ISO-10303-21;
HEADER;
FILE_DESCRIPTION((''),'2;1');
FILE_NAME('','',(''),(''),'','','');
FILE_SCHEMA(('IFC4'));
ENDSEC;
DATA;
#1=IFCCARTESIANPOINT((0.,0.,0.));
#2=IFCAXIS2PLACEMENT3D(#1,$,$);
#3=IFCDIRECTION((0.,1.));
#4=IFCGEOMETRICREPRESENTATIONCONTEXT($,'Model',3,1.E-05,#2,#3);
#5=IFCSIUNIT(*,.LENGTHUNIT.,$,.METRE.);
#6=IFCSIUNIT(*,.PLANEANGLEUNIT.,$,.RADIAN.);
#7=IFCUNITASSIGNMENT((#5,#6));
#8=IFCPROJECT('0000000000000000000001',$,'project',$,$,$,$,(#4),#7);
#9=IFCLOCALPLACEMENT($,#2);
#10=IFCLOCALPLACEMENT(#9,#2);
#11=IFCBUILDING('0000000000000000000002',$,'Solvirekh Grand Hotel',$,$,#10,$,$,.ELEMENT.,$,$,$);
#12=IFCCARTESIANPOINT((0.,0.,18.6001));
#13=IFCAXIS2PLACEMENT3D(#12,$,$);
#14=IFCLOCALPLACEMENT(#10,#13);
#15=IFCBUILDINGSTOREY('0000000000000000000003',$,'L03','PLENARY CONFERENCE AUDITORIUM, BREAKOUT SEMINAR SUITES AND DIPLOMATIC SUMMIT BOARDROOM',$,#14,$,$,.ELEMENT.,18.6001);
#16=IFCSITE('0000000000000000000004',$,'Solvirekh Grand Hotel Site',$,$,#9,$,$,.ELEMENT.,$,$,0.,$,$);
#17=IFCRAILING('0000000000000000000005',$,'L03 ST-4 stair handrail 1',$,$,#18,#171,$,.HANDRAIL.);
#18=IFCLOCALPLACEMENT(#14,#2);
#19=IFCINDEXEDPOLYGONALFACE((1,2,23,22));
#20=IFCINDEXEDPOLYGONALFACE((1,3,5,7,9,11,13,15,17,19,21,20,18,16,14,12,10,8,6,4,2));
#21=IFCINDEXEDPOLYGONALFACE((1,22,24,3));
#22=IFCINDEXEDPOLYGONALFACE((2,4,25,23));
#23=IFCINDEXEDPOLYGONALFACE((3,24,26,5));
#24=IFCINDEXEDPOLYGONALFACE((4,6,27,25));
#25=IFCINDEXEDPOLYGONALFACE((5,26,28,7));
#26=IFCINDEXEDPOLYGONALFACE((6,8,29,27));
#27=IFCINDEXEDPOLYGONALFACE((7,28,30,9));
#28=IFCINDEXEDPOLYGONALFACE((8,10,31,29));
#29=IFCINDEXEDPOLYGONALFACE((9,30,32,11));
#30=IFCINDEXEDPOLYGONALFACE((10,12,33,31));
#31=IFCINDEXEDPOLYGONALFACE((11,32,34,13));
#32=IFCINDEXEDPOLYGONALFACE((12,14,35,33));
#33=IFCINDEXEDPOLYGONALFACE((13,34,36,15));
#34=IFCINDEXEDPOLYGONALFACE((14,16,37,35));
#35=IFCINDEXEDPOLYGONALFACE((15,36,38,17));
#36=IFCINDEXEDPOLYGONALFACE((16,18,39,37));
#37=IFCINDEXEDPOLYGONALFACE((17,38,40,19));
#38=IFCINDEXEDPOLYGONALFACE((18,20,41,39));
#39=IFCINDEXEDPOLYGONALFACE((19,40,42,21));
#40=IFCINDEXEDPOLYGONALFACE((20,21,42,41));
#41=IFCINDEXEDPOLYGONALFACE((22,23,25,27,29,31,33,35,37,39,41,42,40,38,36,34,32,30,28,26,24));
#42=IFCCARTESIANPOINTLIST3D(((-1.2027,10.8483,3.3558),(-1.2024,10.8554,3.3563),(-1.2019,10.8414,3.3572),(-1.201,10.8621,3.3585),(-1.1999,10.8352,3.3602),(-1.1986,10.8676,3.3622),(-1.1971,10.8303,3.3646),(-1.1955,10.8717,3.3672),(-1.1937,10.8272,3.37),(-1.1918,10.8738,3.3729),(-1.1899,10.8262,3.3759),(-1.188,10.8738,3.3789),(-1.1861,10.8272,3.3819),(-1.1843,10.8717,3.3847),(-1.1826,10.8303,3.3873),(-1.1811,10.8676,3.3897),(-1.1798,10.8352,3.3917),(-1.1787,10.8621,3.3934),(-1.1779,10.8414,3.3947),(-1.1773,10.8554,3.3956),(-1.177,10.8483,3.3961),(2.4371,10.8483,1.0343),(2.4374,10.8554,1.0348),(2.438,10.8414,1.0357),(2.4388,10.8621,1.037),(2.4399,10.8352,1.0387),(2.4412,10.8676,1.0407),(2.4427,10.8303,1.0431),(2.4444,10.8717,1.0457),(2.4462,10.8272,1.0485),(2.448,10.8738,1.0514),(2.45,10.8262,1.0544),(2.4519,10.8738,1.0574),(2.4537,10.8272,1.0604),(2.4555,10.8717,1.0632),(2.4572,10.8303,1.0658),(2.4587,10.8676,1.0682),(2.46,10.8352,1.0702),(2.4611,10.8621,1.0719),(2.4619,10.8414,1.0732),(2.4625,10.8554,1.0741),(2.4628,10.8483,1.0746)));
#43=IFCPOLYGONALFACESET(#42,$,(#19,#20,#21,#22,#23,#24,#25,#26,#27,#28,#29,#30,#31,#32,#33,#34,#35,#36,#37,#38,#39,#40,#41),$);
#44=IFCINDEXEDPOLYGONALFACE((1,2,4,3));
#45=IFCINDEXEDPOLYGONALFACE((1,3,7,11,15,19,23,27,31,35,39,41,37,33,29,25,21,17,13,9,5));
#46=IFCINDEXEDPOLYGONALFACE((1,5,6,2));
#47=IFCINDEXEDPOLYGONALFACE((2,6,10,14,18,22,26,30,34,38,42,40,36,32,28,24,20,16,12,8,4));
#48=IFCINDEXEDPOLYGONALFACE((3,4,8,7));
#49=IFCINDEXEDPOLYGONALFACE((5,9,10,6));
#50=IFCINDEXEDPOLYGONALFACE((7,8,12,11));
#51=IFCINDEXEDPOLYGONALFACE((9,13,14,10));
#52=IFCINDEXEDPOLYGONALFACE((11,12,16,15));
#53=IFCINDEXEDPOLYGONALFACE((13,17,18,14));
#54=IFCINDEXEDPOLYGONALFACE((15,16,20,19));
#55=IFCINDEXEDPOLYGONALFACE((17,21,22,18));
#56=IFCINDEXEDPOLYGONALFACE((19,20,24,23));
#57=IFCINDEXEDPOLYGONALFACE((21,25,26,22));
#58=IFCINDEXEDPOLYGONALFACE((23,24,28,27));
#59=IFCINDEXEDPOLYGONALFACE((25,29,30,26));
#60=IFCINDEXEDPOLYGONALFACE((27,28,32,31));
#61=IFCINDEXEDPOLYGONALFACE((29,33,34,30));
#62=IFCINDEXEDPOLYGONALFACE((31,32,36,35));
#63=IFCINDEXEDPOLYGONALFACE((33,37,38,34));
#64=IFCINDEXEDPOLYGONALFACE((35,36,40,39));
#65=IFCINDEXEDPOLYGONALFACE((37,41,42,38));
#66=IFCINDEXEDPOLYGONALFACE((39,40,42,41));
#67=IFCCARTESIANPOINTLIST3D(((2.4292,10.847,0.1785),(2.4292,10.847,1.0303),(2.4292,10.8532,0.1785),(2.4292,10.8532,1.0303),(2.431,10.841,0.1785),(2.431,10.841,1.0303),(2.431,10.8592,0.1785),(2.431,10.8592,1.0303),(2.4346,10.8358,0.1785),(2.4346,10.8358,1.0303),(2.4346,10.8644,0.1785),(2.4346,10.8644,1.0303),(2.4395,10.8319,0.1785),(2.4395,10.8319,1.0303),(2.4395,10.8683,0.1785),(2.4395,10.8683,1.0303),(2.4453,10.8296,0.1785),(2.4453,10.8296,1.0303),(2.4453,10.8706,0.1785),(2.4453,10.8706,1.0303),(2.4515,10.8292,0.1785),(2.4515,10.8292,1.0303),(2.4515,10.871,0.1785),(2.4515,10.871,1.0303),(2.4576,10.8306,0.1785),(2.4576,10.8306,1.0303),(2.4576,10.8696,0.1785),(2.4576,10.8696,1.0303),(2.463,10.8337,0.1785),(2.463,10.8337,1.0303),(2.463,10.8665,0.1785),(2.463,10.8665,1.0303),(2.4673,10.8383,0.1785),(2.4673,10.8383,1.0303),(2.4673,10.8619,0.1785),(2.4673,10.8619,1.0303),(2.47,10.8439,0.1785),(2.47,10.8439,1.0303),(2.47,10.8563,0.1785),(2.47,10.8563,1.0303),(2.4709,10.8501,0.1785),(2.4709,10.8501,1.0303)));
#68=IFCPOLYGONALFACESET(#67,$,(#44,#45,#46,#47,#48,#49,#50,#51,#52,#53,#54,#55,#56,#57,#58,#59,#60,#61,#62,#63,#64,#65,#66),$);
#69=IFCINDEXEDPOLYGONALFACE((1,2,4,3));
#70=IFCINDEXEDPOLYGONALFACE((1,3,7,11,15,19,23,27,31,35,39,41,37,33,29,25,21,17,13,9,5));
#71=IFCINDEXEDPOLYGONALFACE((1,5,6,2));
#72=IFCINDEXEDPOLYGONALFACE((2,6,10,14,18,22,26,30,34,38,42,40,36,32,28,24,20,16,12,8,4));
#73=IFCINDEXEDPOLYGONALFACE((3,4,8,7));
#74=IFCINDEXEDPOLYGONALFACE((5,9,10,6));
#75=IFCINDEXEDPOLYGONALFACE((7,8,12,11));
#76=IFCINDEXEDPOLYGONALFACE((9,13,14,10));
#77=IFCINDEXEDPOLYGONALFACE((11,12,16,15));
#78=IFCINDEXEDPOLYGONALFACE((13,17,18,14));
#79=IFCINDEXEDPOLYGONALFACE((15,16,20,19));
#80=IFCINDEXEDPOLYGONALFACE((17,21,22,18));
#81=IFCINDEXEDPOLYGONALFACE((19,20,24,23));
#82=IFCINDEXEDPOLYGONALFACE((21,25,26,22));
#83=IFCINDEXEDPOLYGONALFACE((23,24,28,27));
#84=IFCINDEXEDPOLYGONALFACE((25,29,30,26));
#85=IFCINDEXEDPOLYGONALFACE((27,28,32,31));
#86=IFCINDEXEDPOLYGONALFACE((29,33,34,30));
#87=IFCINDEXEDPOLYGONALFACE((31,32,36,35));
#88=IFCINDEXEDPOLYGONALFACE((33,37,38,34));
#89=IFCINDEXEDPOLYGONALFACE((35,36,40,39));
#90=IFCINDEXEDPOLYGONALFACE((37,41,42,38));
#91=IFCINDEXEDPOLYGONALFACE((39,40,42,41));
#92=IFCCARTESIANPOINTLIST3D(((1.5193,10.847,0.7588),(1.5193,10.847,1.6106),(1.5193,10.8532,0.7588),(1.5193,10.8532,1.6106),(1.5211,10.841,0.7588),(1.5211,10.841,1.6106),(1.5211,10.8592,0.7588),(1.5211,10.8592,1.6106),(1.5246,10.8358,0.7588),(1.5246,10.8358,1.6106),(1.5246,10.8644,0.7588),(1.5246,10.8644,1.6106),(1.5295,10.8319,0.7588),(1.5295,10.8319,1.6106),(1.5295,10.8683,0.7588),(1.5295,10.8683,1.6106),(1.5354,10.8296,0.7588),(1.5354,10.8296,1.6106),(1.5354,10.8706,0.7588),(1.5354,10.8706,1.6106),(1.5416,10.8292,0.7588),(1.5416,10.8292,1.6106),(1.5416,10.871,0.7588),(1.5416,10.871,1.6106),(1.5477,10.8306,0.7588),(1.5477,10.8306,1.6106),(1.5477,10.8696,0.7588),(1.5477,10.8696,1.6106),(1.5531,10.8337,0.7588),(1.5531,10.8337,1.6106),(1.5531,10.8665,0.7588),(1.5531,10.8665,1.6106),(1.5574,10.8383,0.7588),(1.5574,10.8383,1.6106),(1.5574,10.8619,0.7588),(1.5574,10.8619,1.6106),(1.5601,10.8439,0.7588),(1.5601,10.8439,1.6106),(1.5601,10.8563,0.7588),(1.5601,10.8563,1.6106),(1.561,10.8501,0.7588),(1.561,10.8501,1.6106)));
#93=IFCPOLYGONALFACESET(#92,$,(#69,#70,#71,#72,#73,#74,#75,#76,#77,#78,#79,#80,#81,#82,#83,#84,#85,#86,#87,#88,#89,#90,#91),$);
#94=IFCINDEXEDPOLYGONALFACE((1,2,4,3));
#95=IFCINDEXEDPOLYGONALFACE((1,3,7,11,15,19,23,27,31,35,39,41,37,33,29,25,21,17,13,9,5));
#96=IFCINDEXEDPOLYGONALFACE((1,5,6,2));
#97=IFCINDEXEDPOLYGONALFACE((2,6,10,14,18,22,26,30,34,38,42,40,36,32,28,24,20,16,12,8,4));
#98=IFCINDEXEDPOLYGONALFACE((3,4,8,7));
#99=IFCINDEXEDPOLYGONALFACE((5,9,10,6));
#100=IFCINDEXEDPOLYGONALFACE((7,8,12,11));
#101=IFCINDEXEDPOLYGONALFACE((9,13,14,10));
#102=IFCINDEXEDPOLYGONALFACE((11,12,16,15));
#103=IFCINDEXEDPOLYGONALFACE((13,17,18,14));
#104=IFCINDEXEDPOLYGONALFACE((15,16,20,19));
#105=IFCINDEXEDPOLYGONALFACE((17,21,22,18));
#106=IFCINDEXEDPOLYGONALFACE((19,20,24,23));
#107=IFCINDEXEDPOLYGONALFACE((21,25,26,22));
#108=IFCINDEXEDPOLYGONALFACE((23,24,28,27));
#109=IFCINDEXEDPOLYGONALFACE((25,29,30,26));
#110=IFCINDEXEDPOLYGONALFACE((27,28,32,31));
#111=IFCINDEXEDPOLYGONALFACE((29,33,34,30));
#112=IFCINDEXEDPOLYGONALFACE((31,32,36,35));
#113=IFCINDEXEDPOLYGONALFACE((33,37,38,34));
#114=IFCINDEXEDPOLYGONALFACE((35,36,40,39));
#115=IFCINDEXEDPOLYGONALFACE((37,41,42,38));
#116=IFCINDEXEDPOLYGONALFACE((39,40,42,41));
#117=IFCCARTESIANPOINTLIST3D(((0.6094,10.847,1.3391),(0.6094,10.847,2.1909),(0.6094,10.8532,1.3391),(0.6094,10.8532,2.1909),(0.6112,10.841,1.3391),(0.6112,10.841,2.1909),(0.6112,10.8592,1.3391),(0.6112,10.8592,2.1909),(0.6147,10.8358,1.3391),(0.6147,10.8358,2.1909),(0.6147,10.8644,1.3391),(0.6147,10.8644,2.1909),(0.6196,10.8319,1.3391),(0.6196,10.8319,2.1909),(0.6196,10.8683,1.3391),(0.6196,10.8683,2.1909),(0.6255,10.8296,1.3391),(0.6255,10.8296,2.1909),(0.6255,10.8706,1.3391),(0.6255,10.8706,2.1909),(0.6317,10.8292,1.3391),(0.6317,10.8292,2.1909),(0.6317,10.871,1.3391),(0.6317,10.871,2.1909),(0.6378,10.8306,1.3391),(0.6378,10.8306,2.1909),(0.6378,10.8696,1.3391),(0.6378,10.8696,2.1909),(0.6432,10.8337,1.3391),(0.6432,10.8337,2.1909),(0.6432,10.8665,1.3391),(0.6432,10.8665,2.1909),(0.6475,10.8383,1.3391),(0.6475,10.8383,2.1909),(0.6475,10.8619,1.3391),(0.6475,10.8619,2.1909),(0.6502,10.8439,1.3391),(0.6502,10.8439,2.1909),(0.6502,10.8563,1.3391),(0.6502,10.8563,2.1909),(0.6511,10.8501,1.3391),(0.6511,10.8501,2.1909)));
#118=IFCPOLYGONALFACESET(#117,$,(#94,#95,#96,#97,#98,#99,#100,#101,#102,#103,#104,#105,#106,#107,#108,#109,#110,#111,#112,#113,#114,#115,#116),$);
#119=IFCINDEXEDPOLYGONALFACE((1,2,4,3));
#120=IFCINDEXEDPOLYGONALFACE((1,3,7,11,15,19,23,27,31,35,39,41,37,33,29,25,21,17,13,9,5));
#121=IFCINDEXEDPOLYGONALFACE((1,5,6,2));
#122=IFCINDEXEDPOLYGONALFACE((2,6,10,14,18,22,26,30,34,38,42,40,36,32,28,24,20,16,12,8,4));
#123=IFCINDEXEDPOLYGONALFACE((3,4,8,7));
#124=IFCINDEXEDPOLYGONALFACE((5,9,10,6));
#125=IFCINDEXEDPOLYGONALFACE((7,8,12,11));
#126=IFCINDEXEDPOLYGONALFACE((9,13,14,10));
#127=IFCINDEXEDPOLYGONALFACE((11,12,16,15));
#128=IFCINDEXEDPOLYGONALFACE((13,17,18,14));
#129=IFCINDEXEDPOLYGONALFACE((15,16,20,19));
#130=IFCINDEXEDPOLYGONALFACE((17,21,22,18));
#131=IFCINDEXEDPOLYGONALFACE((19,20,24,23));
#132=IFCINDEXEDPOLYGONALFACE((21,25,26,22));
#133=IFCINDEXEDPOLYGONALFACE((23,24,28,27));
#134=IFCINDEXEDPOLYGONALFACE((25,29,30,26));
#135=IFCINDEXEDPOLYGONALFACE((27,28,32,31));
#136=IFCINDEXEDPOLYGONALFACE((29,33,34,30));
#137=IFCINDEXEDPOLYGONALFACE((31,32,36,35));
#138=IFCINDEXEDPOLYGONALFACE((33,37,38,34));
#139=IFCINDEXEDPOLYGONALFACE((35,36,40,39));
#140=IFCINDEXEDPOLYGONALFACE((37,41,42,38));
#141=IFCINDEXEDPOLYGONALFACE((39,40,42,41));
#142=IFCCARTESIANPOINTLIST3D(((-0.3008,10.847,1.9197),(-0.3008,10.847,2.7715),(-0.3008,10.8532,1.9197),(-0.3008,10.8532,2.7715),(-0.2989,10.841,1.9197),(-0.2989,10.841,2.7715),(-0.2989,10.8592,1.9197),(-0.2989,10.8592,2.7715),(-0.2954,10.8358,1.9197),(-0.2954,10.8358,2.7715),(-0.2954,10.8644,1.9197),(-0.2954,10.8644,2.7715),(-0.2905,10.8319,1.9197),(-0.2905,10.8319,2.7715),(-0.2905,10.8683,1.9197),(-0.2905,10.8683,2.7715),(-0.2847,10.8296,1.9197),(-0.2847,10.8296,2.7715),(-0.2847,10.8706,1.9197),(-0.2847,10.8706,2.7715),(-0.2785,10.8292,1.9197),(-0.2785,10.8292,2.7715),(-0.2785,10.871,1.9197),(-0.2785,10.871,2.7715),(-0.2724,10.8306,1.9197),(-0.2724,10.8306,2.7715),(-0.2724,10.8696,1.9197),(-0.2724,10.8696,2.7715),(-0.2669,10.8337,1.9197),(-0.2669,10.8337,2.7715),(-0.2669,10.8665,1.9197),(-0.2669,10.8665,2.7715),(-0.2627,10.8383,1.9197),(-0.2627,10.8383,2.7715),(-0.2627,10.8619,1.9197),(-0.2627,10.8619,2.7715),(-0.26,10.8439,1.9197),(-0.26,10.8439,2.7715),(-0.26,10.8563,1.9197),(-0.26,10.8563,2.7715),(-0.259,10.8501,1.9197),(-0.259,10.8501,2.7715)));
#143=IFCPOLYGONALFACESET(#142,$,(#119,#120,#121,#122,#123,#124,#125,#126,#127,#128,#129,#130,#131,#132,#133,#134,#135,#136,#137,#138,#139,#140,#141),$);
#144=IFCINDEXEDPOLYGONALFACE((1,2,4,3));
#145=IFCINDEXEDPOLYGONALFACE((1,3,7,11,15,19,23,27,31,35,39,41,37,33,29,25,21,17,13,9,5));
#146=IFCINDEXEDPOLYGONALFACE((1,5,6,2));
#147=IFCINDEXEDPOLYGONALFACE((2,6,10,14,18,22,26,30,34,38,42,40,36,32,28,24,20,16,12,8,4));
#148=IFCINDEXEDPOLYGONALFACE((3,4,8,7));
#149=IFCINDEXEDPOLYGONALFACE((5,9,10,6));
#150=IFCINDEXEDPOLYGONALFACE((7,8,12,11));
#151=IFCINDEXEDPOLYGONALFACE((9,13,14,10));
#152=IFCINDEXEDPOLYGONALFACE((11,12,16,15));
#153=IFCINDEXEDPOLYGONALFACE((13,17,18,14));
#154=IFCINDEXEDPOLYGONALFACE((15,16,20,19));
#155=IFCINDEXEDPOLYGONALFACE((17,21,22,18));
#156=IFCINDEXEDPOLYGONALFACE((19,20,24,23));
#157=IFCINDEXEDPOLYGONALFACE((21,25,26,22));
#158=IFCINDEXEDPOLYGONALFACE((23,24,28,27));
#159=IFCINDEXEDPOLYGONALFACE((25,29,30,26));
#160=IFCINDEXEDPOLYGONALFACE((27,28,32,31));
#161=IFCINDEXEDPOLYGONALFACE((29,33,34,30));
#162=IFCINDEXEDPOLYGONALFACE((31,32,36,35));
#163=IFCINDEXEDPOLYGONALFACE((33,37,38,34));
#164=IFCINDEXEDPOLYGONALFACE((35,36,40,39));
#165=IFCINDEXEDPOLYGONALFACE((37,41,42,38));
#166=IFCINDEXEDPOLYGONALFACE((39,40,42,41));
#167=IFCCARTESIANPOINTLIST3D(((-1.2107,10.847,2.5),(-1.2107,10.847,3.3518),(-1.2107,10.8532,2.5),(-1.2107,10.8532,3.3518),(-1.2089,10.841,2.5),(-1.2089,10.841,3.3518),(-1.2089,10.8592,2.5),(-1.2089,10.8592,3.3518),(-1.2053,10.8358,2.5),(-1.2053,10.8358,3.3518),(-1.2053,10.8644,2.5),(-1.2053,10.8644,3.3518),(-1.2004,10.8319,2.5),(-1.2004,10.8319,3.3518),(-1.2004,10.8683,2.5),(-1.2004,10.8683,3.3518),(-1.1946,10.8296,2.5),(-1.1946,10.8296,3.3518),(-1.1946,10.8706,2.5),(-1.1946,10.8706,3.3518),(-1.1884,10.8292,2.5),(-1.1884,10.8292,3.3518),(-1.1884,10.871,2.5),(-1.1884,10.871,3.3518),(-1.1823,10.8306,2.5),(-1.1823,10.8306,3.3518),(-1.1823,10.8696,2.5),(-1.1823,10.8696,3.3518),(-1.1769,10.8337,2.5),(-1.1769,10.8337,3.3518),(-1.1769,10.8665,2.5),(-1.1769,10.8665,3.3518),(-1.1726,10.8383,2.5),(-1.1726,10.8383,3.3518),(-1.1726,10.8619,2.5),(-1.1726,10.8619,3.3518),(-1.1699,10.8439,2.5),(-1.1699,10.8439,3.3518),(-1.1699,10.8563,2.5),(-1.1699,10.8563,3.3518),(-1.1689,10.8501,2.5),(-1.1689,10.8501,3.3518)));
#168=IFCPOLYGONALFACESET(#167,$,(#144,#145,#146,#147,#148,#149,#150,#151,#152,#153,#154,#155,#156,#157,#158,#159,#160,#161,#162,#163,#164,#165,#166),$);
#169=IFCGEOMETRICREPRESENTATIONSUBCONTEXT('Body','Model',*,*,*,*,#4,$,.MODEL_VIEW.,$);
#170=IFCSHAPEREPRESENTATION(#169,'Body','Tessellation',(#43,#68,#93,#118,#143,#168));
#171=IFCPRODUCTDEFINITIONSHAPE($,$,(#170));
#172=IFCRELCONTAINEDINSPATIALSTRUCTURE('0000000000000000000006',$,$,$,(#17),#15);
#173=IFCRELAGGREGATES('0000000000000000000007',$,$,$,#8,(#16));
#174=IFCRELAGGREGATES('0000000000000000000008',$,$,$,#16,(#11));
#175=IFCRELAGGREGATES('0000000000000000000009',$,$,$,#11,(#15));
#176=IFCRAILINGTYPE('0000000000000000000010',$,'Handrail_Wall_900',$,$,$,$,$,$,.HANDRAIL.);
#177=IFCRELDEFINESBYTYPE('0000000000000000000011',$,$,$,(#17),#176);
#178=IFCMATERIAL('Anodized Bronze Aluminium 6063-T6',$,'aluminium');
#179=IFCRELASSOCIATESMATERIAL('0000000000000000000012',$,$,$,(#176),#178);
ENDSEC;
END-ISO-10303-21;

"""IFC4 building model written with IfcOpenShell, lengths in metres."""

from ifc_helpers import new_model, si_unit, direction, frame, origin, origin_2d, place, context, subcontext, project, spatial, circle, extrude, material, type_object, element, save


model = new_model("IFC4")

# Units and contexts
model_context = context("Model", 3, precision=1e-05, world=origin(), true_north=direction((0.0, 1.0)))
body_context = subcontext(model_context, "Body", "Model", "MODEL_VIEW")
ifc_project = project(units=[si_unit("LENGTHUNIT", "METRE"), si_unit("PLANEANGLEUNIT", "RADIAN")], contexts=[model_context])

# Site, building, storey
site_placement = place(None, origin())
site = spatial("IfcSite", under=ifc_project, at=site_placement, Name="Solvirekh Grand Hotel Site", CompositionType="ELEMENT", RefElevation=0.0)
building_placement = place(site_placement, origin())
building = spatial("IfcBuilding", under=site, at=building_placement, Name="Solvirekh Grand Hotel", CompositionType="ELEMENT")
storey_placement = place(building_placement, frame((0.0, 0.0, 18.6001)))
storey = spatial("IfcBuildingStorey", under=building, at=storey_placement, Name="L03", Description="PLENARY CONFERENCE AUDITORIUM, BREAKOUT SEMINAR SUITES AND DIPLOMATIC SUMMIT BOARDROOM", CompositionType="ELEMENT", Elevation=18.6001)

# Shared definitions
ifc_material_1 = material(Name="Anodized Bronze Aluminium 6063-T6", Category="aluminium")

# Railing
railing_type_1 = type_object("IfcRailingType", Name="Handrail_Wall_900", PredefinedType="HANDRAIL", material=ifc_material_1)
railing_1_placement = place(storey_placement, frame((2.45, 10.8501, 0.1785)))
element("IfcRailing", 1, at=railing_1_placement, inside=storey, type_object=railing_type_1, Name="L03 ST-4 stair handrail 1", PredefinedType="HANDRAIL", context=body_context, shape_type="SweptSolid", body=[
    extrude(circle(Radius=0.0239, at=origin_2d()), frame((0.0, 0.0, 0.876), z_axis=(-0.843112, 0.0, 0.537739), x_axis=(0.0, -1.0, 0.0)), (0.0, 0.0, 1.0), 4.3171),
    extrude(circle(Radius=0.021, at=origin_2d()), origin(), (0.0, 0.0, 1.0), 0.8518),
    extrude(circle(Radius=0.021, at=origin_2d()), frame((-0.9099, 0.0, 0.5803)), (0.0, 0.0, 1.0), 0.8518),
    extrude(circle(Radius=0.021, at=origin_2d()), frame((-1.8198, 0.0, 1.1606)), (0.0, 0.0, 1.0), 0.8518),
    extrude(circle(Radius=0.021, at=origin_2d()), frame((-2.73, 0.0, 1.7412)), (0.0, 0.0, 1.0), 0.8518),
    extrude(circle(Radius=0.021, at=origin_2d()), frame((-3.6399, 0.0, 2.3215)), (0.0, 0.0, 1.0), 0.8518),
])

save(model, "model.ifc")
